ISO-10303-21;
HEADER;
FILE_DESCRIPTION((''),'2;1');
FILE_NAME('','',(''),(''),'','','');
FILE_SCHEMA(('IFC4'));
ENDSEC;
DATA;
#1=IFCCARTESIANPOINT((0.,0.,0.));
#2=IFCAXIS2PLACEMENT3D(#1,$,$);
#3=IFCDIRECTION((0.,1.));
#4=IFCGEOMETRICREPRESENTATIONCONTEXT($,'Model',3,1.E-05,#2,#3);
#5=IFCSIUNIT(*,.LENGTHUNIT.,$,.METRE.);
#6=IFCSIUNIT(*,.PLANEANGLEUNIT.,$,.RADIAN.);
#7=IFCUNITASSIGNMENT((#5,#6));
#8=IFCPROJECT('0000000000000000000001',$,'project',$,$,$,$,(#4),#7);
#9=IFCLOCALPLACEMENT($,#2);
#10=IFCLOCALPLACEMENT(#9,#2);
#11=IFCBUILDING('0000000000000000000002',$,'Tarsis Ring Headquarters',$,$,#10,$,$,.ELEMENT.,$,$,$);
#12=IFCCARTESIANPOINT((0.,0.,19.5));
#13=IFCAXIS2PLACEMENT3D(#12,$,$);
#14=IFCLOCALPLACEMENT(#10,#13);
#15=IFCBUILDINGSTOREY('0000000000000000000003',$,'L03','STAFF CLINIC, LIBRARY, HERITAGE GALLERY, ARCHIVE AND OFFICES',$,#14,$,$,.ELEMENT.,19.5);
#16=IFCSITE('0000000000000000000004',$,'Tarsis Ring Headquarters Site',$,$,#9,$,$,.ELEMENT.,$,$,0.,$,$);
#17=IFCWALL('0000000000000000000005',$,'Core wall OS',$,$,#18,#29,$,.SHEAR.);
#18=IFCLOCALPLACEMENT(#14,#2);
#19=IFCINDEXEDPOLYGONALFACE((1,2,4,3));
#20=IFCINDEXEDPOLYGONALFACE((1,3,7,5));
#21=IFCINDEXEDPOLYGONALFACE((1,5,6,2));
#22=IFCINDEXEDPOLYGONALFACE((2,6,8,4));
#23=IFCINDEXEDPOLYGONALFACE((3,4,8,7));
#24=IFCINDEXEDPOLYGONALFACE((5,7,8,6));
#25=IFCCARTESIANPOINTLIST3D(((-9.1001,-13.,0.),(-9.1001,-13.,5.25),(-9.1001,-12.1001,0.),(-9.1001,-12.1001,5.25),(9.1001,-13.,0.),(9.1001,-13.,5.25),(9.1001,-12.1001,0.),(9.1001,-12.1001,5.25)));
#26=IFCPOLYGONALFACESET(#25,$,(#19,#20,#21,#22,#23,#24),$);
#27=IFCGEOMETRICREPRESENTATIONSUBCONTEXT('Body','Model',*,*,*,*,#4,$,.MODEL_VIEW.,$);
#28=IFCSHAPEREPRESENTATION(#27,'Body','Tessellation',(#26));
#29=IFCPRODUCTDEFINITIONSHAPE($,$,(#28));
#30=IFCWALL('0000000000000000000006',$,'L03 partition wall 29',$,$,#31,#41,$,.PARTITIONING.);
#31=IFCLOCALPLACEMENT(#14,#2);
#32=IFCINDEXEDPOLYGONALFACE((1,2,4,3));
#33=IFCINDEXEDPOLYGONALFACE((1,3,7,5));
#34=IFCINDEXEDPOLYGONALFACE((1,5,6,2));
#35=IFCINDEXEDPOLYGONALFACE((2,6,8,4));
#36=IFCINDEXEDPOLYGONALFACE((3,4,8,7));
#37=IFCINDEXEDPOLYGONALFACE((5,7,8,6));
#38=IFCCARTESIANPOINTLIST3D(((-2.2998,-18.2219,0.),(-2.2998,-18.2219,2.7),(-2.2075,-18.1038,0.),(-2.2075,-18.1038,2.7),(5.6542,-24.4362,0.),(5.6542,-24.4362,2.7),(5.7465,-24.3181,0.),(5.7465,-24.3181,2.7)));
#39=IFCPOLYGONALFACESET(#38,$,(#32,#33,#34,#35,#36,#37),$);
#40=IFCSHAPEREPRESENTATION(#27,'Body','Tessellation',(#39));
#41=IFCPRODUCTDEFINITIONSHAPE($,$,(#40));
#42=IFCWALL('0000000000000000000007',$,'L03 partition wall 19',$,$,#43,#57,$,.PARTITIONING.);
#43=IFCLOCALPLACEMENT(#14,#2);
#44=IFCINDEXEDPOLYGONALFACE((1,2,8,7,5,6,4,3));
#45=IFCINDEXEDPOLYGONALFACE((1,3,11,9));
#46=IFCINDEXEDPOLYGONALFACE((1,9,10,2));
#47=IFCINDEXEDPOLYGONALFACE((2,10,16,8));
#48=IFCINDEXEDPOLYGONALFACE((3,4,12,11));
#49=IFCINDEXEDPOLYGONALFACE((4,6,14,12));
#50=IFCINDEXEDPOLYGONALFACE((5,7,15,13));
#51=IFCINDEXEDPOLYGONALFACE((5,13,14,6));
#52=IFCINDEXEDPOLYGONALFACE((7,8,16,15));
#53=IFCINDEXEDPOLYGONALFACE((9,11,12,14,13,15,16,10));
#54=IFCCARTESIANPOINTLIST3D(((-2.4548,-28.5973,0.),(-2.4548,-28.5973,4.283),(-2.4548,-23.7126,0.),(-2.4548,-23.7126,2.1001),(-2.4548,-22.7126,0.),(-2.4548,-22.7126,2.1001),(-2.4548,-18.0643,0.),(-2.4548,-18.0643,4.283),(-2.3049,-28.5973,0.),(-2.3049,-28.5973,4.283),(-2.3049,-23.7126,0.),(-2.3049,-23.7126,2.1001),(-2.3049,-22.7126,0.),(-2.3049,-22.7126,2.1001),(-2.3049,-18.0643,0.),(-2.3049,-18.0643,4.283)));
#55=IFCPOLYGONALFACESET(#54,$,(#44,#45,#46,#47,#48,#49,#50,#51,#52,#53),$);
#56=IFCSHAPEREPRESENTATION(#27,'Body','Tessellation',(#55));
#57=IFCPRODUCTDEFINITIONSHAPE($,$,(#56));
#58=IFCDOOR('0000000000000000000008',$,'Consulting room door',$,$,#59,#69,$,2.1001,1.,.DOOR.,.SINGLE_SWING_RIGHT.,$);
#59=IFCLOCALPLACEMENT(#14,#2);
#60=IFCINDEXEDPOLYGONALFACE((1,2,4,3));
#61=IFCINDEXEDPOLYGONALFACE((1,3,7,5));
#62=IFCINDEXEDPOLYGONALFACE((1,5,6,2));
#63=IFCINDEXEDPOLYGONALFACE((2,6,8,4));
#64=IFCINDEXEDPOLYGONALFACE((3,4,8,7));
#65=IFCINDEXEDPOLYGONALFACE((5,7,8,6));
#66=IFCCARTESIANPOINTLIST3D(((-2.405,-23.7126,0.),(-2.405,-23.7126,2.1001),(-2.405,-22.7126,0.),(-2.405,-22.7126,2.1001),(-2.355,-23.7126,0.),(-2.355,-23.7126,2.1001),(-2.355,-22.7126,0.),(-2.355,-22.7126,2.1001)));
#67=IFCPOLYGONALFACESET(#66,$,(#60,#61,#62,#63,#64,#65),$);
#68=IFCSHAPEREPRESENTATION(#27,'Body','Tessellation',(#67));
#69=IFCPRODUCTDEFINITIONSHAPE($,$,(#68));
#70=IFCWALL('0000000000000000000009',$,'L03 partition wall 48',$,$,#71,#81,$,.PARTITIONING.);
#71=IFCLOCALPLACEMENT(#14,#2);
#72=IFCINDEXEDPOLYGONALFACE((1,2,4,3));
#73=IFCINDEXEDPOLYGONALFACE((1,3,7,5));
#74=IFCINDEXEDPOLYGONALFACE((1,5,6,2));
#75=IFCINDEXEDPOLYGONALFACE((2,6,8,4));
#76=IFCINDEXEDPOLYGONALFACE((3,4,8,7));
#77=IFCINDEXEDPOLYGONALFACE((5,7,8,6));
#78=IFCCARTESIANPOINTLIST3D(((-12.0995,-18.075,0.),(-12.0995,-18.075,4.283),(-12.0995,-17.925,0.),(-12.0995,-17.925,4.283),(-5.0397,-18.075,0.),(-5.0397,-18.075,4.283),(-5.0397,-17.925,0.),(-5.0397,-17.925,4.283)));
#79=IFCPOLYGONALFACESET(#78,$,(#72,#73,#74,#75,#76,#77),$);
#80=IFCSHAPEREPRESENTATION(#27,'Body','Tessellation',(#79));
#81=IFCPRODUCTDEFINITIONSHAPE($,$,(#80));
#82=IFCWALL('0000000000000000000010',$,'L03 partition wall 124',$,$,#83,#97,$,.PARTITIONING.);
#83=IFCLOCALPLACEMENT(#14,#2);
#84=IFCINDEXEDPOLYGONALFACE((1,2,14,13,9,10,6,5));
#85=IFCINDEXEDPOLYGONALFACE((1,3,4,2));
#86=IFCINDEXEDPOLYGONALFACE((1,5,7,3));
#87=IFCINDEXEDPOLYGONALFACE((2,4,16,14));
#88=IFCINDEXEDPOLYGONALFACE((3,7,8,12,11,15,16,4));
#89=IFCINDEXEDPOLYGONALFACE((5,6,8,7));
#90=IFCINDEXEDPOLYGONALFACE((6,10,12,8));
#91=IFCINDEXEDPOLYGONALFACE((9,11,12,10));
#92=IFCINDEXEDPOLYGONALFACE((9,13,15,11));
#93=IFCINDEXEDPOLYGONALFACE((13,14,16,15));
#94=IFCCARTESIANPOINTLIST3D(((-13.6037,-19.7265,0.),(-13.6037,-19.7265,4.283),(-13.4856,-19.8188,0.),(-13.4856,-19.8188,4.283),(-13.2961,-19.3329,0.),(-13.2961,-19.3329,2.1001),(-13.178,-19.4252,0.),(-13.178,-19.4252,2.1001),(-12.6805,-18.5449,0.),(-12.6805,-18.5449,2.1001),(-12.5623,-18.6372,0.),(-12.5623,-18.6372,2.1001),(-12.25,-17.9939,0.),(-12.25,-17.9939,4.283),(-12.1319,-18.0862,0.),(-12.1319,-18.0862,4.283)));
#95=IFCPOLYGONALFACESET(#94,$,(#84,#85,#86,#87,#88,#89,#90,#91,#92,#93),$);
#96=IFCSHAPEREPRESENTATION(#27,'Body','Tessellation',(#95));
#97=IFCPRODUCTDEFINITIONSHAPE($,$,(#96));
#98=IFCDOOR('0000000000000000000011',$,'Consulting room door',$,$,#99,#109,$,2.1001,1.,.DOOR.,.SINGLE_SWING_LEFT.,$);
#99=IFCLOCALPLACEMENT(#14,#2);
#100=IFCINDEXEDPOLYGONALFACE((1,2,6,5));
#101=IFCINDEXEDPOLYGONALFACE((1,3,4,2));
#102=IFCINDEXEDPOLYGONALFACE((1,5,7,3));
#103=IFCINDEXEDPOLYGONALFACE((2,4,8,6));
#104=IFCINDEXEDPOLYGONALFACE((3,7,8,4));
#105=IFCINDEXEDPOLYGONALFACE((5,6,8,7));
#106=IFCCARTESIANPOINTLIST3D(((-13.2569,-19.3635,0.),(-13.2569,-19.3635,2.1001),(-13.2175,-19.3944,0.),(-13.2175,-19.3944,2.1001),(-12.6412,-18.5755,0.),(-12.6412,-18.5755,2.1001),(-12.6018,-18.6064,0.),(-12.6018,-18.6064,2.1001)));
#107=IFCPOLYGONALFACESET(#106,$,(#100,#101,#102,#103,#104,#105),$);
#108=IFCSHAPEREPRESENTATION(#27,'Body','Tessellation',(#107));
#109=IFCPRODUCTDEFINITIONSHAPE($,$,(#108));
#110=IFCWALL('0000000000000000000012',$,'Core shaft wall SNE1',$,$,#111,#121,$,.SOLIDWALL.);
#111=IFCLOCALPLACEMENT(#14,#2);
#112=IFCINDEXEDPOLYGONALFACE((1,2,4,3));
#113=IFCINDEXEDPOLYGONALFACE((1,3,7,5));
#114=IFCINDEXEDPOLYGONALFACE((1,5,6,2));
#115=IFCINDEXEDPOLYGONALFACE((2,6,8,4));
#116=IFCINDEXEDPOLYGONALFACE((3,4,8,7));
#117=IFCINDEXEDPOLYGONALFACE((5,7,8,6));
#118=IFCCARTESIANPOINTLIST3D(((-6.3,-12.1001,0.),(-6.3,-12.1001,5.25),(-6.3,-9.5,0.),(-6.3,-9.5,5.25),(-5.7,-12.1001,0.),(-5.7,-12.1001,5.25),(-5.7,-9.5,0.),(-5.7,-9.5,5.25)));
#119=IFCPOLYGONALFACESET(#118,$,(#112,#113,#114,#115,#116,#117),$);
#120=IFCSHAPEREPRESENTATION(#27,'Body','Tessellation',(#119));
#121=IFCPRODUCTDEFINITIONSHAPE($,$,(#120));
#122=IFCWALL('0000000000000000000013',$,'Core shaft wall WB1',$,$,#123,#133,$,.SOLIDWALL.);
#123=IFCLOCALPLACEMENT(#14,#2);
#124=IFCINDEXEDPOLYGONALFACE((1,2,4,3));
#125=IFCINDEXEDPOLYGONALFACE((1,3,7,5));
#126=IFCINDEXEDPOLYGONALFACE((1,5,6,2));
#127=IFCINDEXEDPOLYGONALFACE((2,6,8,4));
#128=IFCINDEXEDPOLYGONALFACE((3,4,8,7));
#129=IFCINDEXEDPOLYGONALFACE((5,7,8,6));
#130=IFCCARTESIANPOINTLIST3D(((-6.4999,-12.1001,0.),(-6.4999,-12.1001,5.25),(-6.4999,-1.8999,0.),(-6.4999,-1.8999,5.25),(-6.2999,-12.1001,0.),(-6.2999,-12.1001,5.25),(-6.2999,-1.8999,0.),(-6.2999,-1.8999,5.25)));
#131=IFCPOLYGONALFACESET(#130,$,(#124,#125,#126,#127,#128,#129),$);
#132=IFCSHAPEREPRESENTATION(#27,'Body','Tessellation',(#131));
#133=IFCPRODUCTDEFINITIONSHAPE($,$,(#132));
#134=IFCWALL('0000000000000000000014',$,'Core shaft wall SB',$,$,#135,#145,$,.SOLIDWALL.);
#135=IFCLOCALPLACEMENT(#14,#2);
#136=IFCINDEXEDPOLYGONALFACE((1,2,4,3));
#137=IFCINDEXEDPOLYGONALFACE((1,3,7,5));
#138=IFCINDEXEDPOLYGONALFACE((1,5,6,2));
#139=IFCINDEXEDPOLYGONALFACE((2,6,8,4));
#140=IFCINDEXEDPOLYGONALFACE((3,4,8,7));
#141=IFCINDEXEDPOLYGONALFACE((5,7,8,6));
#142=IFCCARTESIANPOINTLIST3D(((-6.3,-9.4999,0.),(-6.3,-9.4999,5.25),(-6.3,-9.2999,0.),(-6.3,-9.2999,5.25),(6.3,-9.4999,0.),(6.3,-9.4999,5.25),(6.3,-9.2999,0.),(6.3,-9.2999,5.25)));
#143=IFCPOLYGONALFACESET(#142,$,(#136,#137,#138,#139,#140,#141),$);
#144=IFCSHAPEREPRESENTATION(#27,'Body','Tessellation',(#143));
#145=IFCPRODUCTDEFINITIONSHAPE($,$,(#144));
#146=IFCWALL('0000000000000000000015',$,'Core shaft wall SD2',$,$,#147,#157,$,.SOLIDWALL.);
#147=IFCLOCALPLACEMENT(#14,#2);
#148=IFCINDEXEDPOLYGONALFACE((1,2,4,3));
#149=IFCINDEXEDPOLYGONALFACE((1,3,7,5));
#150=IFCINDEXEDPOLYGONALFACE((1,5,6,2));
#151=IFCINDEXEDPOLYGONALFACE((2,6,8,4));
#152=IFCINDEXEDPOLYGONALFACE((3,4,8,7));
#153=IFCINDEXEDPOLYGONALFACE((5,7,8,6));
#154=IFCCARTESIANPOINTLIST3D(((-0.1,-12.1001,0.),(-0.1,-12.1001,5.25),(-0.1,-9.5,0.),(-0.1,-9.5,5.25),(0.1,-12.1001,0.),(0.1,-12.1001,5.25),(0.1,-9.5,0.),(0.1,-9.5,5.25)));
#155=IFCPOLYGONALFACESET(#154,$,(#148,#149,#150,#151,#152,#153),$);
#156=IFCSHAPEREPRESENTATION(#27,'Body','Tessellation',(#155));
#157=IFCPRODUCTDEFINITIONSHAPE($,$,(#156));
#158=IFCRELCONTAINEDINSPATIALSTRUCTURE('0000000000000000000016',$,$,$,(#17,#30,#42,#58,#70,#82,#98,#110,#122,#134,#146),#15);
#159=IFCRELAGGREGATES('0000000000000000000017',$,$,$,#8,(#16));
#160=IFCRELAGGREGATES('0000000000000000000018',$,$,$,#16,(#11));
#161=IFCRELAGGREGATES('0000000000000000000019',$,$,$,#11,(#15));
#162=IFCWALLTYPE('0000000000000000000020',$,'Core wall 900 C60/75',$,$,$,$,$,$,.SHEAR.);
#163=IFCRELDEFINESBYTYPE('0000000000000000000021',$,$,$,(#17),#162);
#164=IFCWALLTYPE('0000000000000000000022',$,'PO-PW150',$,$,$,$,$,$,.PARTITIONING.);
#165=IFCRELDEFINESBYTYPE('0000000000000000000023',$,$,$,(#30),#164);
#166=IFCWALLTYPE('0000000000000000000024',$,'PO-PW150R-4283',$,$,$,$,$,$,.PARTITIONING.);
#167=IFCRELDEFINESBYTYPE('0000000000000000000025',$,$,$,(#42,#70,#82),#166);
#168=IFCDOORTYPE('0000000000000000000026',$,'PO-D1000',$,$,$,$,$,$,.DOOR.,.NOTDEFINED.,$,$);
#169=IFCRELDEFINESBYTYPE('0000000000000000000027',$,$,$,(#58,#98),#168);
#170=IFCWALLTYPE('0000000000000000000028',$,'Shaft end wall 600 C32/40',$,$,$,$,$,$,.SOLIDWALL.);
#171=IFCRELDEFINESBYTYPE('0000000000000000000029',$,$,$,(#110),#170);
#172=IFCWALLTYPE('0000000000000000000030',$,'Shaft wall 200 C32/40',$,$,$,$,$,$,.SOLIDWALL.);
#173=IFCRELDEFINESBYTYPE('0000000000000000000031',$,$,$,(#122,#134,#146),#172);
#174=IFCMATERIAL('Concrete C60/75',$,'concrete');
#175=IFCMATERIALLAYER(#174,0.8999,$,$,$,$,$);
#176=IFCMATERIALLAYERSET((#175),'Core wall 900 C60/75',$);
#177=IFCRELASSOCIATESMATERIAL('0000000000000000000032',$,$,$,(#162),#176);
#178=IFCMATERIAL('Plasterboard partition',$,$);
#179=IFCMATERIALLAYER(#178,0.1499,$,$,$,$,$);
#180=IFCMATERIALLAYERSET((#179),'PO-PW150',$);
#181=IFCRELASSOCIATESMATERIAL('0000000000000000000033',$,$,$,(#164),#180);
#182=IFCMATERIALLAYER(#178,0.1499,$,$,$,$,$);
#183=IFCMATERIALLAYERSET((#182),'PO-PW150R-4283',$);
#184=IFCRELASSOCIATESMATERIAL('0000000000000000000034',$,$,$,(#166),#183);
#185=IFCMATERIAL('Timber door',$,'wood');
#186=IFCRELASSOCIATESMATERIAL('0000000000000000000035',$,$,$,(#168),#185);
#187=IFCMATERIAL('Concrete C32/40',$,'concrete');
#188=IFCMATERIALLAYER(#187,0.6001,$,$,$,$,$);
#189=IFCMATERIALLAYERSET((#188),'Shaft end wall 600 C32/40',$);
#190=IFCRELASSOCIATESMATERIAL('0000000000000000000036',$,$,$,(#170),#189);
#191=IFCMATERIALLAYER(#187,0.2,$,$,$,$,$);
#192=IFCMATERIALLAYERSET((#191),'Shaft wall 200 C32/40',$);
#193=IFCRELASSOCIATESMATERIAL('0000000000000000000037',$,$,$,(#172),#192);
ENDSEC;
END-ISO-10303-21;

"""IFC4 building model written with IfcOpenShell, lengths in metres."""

from ifc_helpers import new_model, si_unit, direction, frame, frame_2d, origin, place, context, subcontext, project, spatial, rectangle, extrude, material, layer, layer_set, type_object, element, fill, save


model = new_model("IFC4")

# Units and contexts
model_context = context("Model", 3, precision=1e-05, world=origin(), true_north=direction((0.0, 1.0)))
body_context = subcontext(model_context, "Body", "Model", "MODEL_VIEW")
ifc_project = project(units=[si_unit("LENGTHUNIT", "METRE"), si_unit("PLANEANGLEUNIT", "RADIAN")], contexts=[model_context])

# Site, building, storey
site_placement = place(None, origin())
site = spatial("IfcSite", under=ifc_project, at=site_placement, Name="Tarsis Ring Headquarters Site", CompositionType="ELEMENT", RefElevation=0.0)
building_placement = place(site_placement, origin())
building = spatial("IfcBuilding", under=site, at=building_placement, Name="Tarsis Ring Headquarters", CompositionType="ELEMENT")
storey_placement = place(building_placement, frame((0.0, 0.0, 19.5)))
storey = spatial("IfcBuildingStorey", under=building, at=storey_placement, Name="L03", Description="STAFF CLINIC, LIBRARY, HERITAGE GALLERY, ARCHIVE AND OFFICES", CompositionType="ELEMENT", Elevation=19.5)

# Shared definitions
ifc_material_1 = material(Name="Concrete C60/75", Category="concrete")

# Shared definitions
ifc_layer_1 = layer(ifc_material_1, 0.8999)
ifc_layer_set_1 = layer_set([ifc_layer_1], Name="Core wall 900 C60/75")
wall_type_1 = type_object("IfcWallType", Name="Core wall 900 C60/75", PredefinedType="SHEAR", material=ifc_layer_set_1)

# Walls
wall_1_placement = place(storey_placement, frame((-9.1001, -12.55, 0.0), z_axis=(0.0, 0.0, 1.0), x_axis=(1.0, 0.0, 0.0)))
element("IfcWall", 1, at=wall_1_placement, inside=storey, type_object=wall_type_1, Name="Core wall OS", PredefinedType="SHEAR", context=body_context, shape_type="SweptSolid", body=[
    extrude(rectangle(XDim=18.2002, YDim=0.8999, at=frame_2d((9.1001, 0.0))), origin(), (0.0, 0.0, 1.0), 5.25),
])
ifc_material_2 = material(Name="Plasterboard partition")
ifc_layer_2 = layer(ifc_material_2, 0.1499)
ifc_layer_set_2 = layer_set([ifc_layer_2], Name="PO-PW150")
wall_type_2 = type_object("IfcWallType", Name="PO-PW150", PredefinedType="PARTITIONING", material=ifc_layer_set_2)
wall_2_placement = place(storey_placement, frame((-2.2537, -18.1628, 0.0), z_axis=(0.0, 0.0, 1.0), x_axis=(0.788014, -0.615657, 0.0)))
element("IfcWall", 2, at=wall_2_placement, inside=storey, type_object=wall_type_2, Name="L03 partition wall 29", PredefinedType="PARTITIONING", context=body_context, shape_type="SweptSolid", body=[
    extrude(rectangle(XDim=10.0938, YDim=0.1499, at=frame_2d((5.0469, 0.0))), origin(), (0.0, 0.0, 1.0), 2.7),
])

# Wall, opening, door
ifc_layer_3 = layer(ifc_material_2, 0.1499)
ifc_layer_set_3 = layer_set([ifc_layer_3], Name="PO-PW150R-4283")
wall_type_3 = type_object("IfcWallType", Name="PO-PW150R-4283", PredefinedType="PARTITIONING", material=ifc_layer_set_3)
wall_3_placement = place(storey_placement, frame((-2.3799, -18.0642, 0.0), z_axis=(0.0, 0.0, 1.0), x_axis=(0.0, -1.0, 0.0)))
wall_3 = element("IfcWall", 3, at=wall_3_placement, inside=storey, type_object=wall_type_3, Name="L03 partition wall 19", PredefinedType="PARTITIONING", context=body_context, shape_type="SweptSolid", body=[
    extrude(rectangle(XDim=10.533, YDim=0.1499, at=frame_2d((5.2666, 0.0))), origin(), (0.0, 0.0, 1.0), 4.283),
])
opening_1_placement = place(wall_3_placement, frame((4.6484, 0.0, 0.0)))
opening_1 = element("IfcOpeningElement", 4, at=opening_1_placement, cuts=wall_3, PredefinedType="OPENING", context=body_context, shape_type="SweptSolid", body=[
    extrude(rectangle(XDim=1.0, YDim=2.1001, at=frame_2d((0.5, 1.05))), frame((0.0, 0.085, 0.0), z_axis=(0.0, -1.0, 0.0), x_axis=(1.0, 0.0, 0.0)), (0.0, 0.0, 1.0), 0.1699),
])
ifc_material_3 = material(Name="Timber door", Category="wood")
door_type_1 = type_object("IfcDoorType", Name="PO-D1000", OperationType="NOTDEFINED", PredefinedType="DOOR", material=ifc_material_3)
door_1_placement = place(opening_1_placement, origin())
door_1 = element("IfcDoor", 5, at=door_1_placement, inside=storey, type_object=door_type_1, Name="Consulting room door", OperationType="SINGLE_SWING_RIGHT", OverallHeight=2.1001, OverallWidth=1.0, PredefinedType="DOOR", context=body_context, shape_type="SweptSolid", body=[
    extrude(rectangle(XDim=1.0, YDim=2.1001, at=frame_2d((0.5, 1.05))), frame((0.0, 0.0249, 0.0), z_axis=(0.0, -1.0, 0.0), x_axis=(1.0, 0.0, 0.0)), (0.0, 0.0, 1.0), 0.05),
])
fill(opening_1, door_1)

# Wall
wall_4_placement = place(storey_placement, frame((-5.0398, -18.0, 0.0), z_axis=(0.0, 0.0, 1.0), x_axis=(-1.0, 0.0, 0.0)))
element("IfcWall", 6, at=wall_4_placement, inside=storey, type_object=wall_type_3, Name="L03 partition wall 48", PredefinedType="PARTITIONING", context=body_context, shape_type="SweptSolid", body=[
    extrude(rectangle(XDim=7.0598, YDim=0.1499, at=frame_2d((3.5298, 0.0))), origin(), (0.0, 0.0, 1.0), 4.283),
])

# Wall, opening, door
wall_5_placement = place(storey_placement, frame((-12.1909, -18.04, 0.0), z_axis=(0.0, 0.0, 1.0), x_axis=(-0.615676, -0.787999, 0.0)))
wall_5 = element("IfcWall", 7, at=wall_5_placement, inside=storey, type_object=wall_type_3, Name="L03 partition wall 124", PredefinedType="PARTITIONING", context=body_context, shape_type="SweptSolid", body=[
    extrude(rectangle(XDim=2.1987, YDim=0.1499, at=frame_2d((1.0994, 0.0))), origin(), (0.0, 0.0, 1.0), 4.283),
])
opening_2_placement = place(wall_5_placement, frame((0.6992, 0.0, 0.0)))
opening_2 = element("IfcOpeningElement", 8, at=opening_2_placement, cuts=wall_5, PredefinedType="OPENING", context=body_context, shape_type="SweptSolid", body=[
    extrude(rectangle(XDim=1.0, YDim=2.1001, at=frame_2d((0.5, 1.05))), frame((0.0, 0.085, 0.0), z_axis=(0.0, -1.0, 0.0), x_axis=(1.0, 0.0, 0.0)), (0.0, 0.0, 1.0), 0.1699),
])
door_2_placement = place(opening_2_placement, origin())
door_2 = element("IfcDoor", 9, at=door_2_placement, inside=storey, type_object=door_type_1, Name="Consulting room door", OperationType="SINGLE_SWING_LEFT", OverallHeight=2.1001, OverallWidth=1.0, PredefinedType="DOOR", context=body_context, shape_type="SweptSolid", body=[
    extrude(rectangle(XDim=1.0, YDim=2.1001, at=frame_2d((0.5, 1.05))), frame((0.0, 0.0249, 0.0), z_axis=(0.0, -1.0, 0.0), x_axis=(1.0, 0.0, 0.0)), (0.0, 0.0, 1.0), 0.05),
])
fill(opening_2, door_2)

# Walls
ifc_material_4 = material(Name="Concrete C32/40", Category="concrete")
ifc_layer_4 = layer(ifc_material_4, 0.6001)
ifc_layer_set_4 = layer_set([ifc_layer_4], Name="Shaft end wall 600 C32/40")
wall_type_4 = type_object("IfcWallType", Name="Shaft end wall 600 C32/40", PredefinedType="SOLIDWALL", material=ifc_layer_set_4)
wall_6_placement = place(storey_placement, frame((-6.0, -12.1001, 0.0), z_axis=(0.0, 0.0, 1.0), x_axis=(0.0, 1.0, 0.0)))
element("IfcWall", 10, at=wall_6_placement, inside=storey, type_object=wall_type_4, Name="Core shaft wall SNE1", PredefinedType="SOLIDWALL", context=body_context, shape_type="SweptSolid", body=[
    extrude(rectangle(XDim=2.6001, YDim=0.6001, at=frame_2d((1.3, 0.0))), origin(), (0.0, 0.0, 1.0), 5.25),
])
ifc_layer_5 = layer(ifc_material_4, 0.2)
ifc_layer_set_5 = layer_set([ifc_layer_5], Name="Shaft wall 200 C32/40")
wall_type_5 = type_object("IfcWallType", Name="Shaft wall 200 C32/40", PredefinedType="SOLIDWALL", material=ifc_layer_set_5)
wall_7_placement = place(storey_placement, frame((-6.3999, -12.1001, 0.0), z_axis=(0.0, 0.0, 1.0), x_axis=(0.0, 1.0, 0.0)))
element("IfcWall", 11, at=wall_7_placement, inside=storey, type_object=wall_type_5, Name="Core shaft wall WB1", PredefinedType="SOLIDWALL", context=body_context, shape_type="SweptSolid", body=[
    extrude(rectangle(XDim=10.2002, YDim=0.2, at=frame_2d((5.1001, 0.0))), origin(), (0.0, 0.0, 1.0), 5.25),
])
wall_8_placement = place(storey_placement, frame((-6.3, -9.3999, 0.0), z_axis=(0.0, 0.0, 1.0), x_axis=(1.0, 0.0, 0.0)))
element("IfcWall", 12, at=wall_8_placement, inside=storey, type_object=wall_type_5, Name="Core shaft wall SB", PredefinedType="SOLIDWALL", context=body_context, shape_type="SweptSolid", body=[
    extrude(rectangle(XDim=12.6001, YDim=0.2, at=frame_2d((6.3, 0.0))), origin(), (0.0, 0.0, 1.0), 5.25),
])
wall_9_placement = place(storey_placement, frame((0.0, -12.1001, 0.0), z_axis=(0.0, 0.0, 1.0), x_axis=(0.0, 1.0, 0.0)))
element("IfcWall", 13, at=wall_9_placement, inside=storey, type_object=wall_type_5, Name="Core shaft wall SD2", PredefinedType="SOLIDWALL", context=body_context, shape_type="SweptSolid", body=[
    extrude(rectangle(XDim=2.6001, YDim=0.2, at=frame_2d((1.3, 0.0))), origin(), (0.0, 0.0, 1.0), 5.25),
])

save(model, "model.ifc")
